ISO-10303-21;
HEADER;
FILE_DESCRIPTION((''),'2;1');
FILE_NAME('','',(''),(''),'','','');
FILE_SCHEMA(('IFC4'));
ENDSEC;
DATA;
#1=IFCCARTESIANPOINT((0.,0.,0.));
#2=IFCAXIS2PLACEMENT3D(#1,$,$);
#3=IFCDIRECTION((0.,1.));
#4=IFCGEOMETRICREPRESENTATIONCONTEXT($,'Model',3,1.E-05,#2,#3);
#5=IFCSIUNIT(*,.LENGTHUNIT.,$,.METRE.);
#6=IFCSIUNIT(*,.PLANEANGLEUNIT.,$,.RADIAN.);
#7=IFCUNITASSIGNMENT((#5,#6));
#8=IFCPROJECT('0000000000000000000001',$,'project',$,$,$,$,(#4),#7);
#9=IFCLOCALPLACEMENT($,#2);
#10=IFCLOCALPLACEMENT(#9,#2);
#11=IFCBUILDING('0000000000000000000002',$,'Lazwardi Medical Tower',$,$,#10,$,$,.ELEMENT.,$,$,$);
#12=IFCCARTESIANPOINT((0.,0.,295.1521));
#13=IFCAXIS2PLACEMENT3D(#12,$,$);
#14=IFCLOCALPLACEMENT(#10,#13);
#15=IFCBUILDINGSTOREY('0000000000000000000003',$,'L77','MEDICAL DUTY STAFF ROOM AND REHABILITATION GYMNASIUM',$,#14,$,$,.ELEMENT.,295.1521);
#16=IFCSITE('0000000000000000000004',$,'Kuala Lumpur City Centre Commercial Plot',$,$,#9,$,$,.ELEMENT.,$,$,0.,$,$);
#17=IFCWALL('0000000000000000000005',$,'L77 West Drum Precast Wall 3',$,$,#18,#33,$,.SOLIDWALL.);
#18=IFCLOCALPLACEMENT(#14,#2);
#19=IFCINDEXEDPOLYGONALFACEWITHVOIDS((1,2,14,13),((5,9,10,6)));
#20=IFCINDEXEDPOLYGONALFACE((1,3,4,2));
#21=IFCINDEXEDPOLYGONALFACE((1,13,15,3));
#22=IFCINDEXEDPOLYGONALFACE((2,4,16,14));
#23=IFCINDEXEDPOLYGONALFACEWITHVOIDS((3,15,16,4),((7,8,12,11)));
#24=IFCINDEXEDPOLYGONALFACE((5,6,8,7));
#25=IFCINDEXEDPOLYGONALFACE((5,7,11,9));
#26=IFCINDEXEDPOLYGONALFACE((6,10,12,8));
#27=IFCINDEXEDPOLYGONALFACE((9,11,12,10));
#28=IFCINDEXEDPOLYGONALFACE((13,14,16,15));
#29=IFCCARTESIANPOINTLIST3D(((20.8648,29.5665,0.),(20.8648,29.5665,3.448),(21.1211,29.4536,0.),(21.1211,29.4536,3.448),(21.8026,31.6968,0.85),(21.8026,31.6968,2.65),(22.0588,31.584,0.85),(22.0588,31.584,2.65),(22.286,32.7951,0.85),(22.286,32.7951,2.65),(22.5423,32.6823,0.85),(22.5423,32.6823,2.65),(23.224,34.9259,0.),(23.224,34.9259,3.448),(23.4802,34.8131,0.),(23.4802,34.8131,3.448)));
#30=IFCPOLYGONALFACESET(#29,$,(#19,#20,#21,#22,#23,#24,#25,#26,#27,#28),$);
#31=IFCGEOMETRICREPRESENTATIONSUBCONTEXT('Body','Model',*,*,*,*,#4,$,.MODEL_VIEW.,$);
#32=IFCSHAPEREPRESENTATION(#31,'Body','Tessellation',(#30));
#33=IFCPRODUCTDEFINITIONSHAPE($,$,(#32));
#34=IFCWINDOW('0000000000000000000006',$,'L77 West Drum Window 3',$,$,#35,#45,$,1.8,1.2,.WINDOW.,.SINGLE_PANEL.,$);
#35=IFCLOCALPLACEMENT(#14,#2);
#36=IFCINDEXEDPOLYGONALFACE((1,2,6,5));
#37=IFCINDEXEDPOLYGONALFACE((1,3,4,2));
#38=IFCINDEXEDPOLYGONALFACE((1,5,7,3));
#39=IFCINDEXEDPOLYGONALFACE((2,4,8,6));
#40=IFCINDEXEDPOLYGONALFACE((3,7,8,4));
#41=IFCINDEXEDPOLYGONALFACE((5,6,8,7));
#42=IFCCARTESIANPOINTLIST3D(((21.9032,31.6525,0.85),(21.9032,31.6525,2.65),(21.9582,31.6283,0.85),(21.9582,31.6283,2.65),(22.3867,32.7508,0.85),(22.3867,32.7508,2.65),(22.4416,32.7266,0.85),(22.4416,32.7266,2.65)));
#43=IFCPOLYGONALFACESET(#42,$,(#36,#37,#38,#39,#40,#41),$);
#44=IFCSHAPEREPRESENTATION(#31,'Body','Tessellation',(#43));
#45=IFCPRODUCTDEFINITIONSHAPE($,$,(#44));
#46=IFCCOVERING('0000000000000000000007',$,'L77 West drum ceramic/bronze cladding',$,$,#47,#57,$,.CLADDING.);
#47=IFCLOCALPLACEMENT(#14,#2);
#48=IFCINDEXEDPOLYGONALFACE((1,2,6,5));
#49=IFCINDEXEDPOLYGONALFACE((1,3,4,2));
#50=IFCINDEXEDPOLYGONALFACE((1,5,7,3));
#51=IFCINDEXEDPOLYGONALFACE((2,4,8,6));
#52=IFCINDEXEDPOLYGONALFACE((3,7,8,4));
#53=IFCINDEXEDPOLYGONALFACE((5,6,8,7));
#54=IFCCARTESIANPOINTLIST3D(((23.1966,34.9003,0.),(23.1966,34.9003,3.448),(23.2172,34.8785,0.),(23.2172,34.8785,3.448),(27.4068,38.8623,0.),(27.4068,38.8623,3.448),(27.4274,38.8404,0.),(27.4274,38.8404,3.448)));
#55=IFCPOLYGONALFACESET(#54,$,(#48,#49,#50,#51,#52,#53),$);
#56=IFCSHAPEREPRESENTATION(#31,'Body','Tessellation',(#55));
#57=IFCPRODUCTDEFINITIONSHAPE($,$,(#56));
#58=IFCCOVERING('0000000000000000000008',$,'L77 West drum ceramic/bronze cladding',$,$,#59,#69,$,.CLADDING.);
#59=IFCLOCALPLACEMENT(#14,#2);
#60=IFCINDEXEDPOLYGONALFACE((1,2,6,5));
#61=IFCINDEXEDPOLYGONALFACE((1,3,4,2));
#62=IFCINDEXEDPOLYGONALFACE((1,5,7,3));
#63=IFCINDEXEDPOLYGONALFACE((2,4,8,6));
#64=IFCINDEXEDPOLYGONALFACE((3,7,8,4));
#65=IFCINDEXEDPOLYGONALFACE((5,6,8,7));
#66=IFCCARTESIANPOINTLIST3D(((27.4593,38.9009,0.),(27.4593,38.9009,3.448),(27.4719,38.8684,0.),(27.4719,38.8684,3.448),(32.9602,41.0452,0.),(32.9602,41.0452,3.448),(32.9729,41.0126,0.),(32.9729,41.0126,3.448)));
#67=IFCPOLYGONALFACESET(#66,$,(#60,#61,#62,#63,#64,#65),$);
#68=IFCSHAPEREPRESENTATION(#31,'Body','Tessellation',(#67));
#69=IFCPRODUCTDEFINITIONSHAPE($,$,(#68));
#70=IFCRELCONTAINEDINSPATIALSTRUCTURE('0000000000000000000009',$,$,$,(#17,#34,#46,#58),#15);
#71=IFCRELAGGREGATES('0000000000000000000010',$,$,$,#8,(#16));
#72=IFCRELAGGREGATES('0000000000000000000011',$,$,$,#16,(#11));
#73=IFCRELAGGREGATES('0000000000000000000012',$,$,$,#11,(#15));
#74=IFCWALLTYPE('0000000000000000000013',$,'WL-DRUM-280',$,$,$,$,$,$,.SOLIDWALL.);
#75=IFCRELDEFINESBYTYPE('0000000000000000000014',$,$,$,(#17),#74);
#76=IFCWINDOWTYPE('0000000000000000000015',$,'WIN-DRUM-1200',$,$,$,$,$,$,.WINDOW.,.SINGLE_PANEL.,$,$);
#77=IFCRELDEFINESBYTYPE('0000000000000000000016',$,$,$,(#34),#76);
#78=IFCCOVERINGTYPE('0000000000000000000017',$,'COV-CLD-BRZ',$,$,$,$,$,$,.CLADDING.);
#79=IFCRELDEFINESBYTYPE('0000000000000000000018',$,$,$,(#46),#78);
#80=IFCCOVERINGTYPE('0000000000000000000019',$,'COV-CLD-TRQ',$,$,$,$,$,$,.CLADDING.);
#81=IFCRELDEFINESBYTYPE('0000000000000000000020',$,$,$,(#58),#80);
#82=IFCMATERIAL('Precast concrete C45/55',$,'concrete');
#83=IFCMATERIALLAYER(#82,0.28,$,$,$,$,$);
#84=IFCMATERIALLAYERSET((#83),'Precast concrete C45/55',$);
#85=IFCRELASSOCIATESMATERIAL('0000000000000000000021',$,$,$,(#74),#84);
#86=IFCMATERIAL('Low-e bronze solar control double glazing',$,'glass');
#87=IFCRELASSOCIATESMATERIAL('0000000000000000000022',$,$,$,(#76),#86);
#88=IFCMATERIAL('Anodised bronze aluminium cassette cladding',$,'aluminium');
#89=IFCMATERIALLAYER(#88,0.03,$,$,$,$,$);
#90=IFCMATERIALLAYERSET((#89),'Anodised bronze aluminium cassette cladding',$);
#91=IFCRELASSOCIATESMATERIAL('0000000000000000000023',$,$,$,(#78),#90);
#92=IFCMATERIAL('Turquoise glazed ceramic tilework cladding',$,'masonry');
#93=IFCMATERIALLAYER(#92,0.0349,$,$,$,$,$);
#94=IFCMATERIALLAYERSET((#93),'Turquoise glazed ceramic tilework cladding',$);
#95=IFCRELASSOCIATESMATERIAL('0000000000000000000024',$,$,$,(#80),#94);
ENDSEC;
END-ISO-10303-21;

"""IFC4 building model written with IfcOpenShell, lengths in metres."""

from ifc_helpers import new_model, si_unit, direction, frame, frame_2d, origin, origin_2d, place, context, subcontext, project, spatial, rectangle, extrude, material, layer, layer_set, type_object, element, fill, save


model = new_model("IFC4")

# Units and contexts
model_context = context("Model", 3, precision=1e-05, world=origin(), true_north=direction((0.0, 1.0)))
body_context = subcontext(model_context, "Body", "Model", "MODEL_VIEW")
ifc_project = project(units=[si_unit("LENGTHUNIT", "METRE"), si_unit("PLANEANGLEUNIT", "RADIAN")], contexts=[model_context])

# Site, building, storey
site_placement = place(None, origin())
site = spatial("IfcSite", under=ifc_project, at=site_placement, Name="Kuala Lumpur City Centre Commercial Plot", CompositionType="ELEMENT", RefElevation=0.0)
building_placement = place(site_placement, origin())
building = spatial("IfcBuilding", under=site, at=building_placement, Name="Lazwardi Medical Tower", CompositionType="ELEMENT")
storey_placement = place(building_placement, frame((0.0, 0.0, 295.1521)))
storey = spatial("IfcBuildingStorey", under=building, at=storey_placement, Name="L77", Description="MEDICAL DUTY STAFF ROOM AND REHABILITATION GYMNASIUM", CompositionType="ELEMENT", Elevation=295.1521)

# Wall, opening, window
ifc_material_1 = material(Name="Precast concrete C45/55", Category="concrete")
ifc_layer_1 = layer(ifc_material_1, 0.28)
ifc_layer_set_1 = layer_set([ifc_layer_1], Name="Precast concrete C45/55")
wall_type_1 = type_object("IfcWallType", Name="WL-DRUM-280", PredefinedType="SOLIDWALL", material=ifc_layer_set_1)
ifc_material_2 = material(Name="Low-e bronze solar control double glazing", Category="glass")
window_type = type_object("IfcWindowType", Name="WIN-DRUM-1200", PartitioningType="SINGLE_PANEL", PredefinedType="WINDOW", material=ifc_material_2)
wall_1_placement = place(storey_placement, frame((23.3521, 34.8694, 0.0), z_axis=(0.0, 0.0, 1.0), x_axis=(-0.402883, -0.915252, 0.0)))
wall_1 = element("IfcWall", 1, at=wall_1_placement, inside=storey, type_object=wall_type_1, Name="L77 West Drum Precast Wall 3", PredefinedType="SOLIDWALL", context=body_context, shape_type="SweptSolid", body=[
    extrude(rectangle(XDim=5.8557, YDim=0.28, at=frame_2d((2.9277, 0.0))), origin(), (0.0, 0.0, 1.0), 3.448),
])
opening_1_placement = place(wall_1_placement, frame((2.3279, 0.0, 0.8501)))
opening_1 = element("IfcOpeningElement", 2, at=opening_1_placement, cuts=wall_1, PredefinedType="OPENING", context=body_context, shape_type="SweptSolid", body=[
    extrude(rectangle(XDim=1.2, YDim=1.8, at=frame_2d((0.6001, 0.8999))), frame((0.0, 0.1499, 0.0), z_axis=(0.0, -1.0, 0.0), x_axis=(1.0, 0.0, 0.0)), (0.0, 0.0, 1.0), 0.3),
])
window_1_placement = place(opening_1_placement, origin())
window_1 = element("IfcWindow", 3, at=window_1_placement, inside=storey, type_object=window_type, Name="L77 West Drum Window 3", OverallHeight=1.8, OverallWidth=1.2, PartitioningType="SINGLE_PANEL", PredefinedType="WINDOW", context=body_context, shape_type="SweptSolid", body=[
    extrude(rectangle(XDim=1.2, YDim=1.8, at=frame_2d((0.6001, 0.8999))), frame((0.0, 0.03, 0.0), z_axis=(0.0, -1.0, 0.0), x_axis=(1.0, 0.0, 0.0)), (0.0, 0.0, 1.0), 0.0601),
])
fill(opening_1, window_1)

# Coverings
ifc_material_3 = material(Name="Anodised bronze aluminium cassette cladding", Category="aluminium")
ifc_layer_2 = layer(ifc_material_3, 0.03)
ifc_layer_set_2 = layer_set([ifc_layer_2], Name="Anodised bronze aluminium cassette cladding")
covering_type_1 = type_object("IfcCoveringType", Name="COV-CLD-BRZ", PredefinedType="CLADDING", material=ifc_layer_set_2)
covering_1_placement = place(storey_placement, frame((25.312, 36.8704, 0.0), z_axis=(0.0, 0.0, 1.0), x_axis=(-0.728255, -0.685306, 0.0)))
element("IfcCovering", 4, at=covering_1_placement, inside=storey, type_object=covering_type_1, Name="L77 West drum ceramic/bronze cladding", PredefinedType="CLADDING", context=body_context, shape_type="SweptSolid", body=[
    extrude(rectangle(XDim=5.7812, YDim=0.03, at=origin_2d()), origin(), (0.0, 0.0, 1.0), 3.448),
])
ifc_material_4 = material(Name="Turquoise glazed ceramic tilework cladding", Category="masonry")
ifc_layer_3 = layer(ifc_material_4, 0.0349)
ifc_layer_set_3 = layer_set([ifc_layer_3], Name="Turquoise glazed ceramic tilework cladding")
covering_type_2 = type_object("IfcCoveringType", Name="COV-CLD-TRQ", PredefinedType="CLADDING", material=ifc_layer_set_3)
covering_2_placement = place(storey_placement, frame((30.2161, 39.9568, 0.0), z_axis=(0.0, 0.0, 1.0), x_axis=(-0.93172, -0.363176, 0.0)))
element("IfcCovering", 5, at=covering_2_placement, inside=storey, type_object=covering_type_2, Name="L77 West drum ceramic/bronze cladding", PredefinedType="CLADDING", context=body_context, shape_type="SweptSolid", body=[
    extrude(rectangle(XDim=5.9041, YDim=0.0349, at=origin_2d()), origin(), (0.0, 0.0, 1.0), 3.448),
])

save(model, "model.ifc")
